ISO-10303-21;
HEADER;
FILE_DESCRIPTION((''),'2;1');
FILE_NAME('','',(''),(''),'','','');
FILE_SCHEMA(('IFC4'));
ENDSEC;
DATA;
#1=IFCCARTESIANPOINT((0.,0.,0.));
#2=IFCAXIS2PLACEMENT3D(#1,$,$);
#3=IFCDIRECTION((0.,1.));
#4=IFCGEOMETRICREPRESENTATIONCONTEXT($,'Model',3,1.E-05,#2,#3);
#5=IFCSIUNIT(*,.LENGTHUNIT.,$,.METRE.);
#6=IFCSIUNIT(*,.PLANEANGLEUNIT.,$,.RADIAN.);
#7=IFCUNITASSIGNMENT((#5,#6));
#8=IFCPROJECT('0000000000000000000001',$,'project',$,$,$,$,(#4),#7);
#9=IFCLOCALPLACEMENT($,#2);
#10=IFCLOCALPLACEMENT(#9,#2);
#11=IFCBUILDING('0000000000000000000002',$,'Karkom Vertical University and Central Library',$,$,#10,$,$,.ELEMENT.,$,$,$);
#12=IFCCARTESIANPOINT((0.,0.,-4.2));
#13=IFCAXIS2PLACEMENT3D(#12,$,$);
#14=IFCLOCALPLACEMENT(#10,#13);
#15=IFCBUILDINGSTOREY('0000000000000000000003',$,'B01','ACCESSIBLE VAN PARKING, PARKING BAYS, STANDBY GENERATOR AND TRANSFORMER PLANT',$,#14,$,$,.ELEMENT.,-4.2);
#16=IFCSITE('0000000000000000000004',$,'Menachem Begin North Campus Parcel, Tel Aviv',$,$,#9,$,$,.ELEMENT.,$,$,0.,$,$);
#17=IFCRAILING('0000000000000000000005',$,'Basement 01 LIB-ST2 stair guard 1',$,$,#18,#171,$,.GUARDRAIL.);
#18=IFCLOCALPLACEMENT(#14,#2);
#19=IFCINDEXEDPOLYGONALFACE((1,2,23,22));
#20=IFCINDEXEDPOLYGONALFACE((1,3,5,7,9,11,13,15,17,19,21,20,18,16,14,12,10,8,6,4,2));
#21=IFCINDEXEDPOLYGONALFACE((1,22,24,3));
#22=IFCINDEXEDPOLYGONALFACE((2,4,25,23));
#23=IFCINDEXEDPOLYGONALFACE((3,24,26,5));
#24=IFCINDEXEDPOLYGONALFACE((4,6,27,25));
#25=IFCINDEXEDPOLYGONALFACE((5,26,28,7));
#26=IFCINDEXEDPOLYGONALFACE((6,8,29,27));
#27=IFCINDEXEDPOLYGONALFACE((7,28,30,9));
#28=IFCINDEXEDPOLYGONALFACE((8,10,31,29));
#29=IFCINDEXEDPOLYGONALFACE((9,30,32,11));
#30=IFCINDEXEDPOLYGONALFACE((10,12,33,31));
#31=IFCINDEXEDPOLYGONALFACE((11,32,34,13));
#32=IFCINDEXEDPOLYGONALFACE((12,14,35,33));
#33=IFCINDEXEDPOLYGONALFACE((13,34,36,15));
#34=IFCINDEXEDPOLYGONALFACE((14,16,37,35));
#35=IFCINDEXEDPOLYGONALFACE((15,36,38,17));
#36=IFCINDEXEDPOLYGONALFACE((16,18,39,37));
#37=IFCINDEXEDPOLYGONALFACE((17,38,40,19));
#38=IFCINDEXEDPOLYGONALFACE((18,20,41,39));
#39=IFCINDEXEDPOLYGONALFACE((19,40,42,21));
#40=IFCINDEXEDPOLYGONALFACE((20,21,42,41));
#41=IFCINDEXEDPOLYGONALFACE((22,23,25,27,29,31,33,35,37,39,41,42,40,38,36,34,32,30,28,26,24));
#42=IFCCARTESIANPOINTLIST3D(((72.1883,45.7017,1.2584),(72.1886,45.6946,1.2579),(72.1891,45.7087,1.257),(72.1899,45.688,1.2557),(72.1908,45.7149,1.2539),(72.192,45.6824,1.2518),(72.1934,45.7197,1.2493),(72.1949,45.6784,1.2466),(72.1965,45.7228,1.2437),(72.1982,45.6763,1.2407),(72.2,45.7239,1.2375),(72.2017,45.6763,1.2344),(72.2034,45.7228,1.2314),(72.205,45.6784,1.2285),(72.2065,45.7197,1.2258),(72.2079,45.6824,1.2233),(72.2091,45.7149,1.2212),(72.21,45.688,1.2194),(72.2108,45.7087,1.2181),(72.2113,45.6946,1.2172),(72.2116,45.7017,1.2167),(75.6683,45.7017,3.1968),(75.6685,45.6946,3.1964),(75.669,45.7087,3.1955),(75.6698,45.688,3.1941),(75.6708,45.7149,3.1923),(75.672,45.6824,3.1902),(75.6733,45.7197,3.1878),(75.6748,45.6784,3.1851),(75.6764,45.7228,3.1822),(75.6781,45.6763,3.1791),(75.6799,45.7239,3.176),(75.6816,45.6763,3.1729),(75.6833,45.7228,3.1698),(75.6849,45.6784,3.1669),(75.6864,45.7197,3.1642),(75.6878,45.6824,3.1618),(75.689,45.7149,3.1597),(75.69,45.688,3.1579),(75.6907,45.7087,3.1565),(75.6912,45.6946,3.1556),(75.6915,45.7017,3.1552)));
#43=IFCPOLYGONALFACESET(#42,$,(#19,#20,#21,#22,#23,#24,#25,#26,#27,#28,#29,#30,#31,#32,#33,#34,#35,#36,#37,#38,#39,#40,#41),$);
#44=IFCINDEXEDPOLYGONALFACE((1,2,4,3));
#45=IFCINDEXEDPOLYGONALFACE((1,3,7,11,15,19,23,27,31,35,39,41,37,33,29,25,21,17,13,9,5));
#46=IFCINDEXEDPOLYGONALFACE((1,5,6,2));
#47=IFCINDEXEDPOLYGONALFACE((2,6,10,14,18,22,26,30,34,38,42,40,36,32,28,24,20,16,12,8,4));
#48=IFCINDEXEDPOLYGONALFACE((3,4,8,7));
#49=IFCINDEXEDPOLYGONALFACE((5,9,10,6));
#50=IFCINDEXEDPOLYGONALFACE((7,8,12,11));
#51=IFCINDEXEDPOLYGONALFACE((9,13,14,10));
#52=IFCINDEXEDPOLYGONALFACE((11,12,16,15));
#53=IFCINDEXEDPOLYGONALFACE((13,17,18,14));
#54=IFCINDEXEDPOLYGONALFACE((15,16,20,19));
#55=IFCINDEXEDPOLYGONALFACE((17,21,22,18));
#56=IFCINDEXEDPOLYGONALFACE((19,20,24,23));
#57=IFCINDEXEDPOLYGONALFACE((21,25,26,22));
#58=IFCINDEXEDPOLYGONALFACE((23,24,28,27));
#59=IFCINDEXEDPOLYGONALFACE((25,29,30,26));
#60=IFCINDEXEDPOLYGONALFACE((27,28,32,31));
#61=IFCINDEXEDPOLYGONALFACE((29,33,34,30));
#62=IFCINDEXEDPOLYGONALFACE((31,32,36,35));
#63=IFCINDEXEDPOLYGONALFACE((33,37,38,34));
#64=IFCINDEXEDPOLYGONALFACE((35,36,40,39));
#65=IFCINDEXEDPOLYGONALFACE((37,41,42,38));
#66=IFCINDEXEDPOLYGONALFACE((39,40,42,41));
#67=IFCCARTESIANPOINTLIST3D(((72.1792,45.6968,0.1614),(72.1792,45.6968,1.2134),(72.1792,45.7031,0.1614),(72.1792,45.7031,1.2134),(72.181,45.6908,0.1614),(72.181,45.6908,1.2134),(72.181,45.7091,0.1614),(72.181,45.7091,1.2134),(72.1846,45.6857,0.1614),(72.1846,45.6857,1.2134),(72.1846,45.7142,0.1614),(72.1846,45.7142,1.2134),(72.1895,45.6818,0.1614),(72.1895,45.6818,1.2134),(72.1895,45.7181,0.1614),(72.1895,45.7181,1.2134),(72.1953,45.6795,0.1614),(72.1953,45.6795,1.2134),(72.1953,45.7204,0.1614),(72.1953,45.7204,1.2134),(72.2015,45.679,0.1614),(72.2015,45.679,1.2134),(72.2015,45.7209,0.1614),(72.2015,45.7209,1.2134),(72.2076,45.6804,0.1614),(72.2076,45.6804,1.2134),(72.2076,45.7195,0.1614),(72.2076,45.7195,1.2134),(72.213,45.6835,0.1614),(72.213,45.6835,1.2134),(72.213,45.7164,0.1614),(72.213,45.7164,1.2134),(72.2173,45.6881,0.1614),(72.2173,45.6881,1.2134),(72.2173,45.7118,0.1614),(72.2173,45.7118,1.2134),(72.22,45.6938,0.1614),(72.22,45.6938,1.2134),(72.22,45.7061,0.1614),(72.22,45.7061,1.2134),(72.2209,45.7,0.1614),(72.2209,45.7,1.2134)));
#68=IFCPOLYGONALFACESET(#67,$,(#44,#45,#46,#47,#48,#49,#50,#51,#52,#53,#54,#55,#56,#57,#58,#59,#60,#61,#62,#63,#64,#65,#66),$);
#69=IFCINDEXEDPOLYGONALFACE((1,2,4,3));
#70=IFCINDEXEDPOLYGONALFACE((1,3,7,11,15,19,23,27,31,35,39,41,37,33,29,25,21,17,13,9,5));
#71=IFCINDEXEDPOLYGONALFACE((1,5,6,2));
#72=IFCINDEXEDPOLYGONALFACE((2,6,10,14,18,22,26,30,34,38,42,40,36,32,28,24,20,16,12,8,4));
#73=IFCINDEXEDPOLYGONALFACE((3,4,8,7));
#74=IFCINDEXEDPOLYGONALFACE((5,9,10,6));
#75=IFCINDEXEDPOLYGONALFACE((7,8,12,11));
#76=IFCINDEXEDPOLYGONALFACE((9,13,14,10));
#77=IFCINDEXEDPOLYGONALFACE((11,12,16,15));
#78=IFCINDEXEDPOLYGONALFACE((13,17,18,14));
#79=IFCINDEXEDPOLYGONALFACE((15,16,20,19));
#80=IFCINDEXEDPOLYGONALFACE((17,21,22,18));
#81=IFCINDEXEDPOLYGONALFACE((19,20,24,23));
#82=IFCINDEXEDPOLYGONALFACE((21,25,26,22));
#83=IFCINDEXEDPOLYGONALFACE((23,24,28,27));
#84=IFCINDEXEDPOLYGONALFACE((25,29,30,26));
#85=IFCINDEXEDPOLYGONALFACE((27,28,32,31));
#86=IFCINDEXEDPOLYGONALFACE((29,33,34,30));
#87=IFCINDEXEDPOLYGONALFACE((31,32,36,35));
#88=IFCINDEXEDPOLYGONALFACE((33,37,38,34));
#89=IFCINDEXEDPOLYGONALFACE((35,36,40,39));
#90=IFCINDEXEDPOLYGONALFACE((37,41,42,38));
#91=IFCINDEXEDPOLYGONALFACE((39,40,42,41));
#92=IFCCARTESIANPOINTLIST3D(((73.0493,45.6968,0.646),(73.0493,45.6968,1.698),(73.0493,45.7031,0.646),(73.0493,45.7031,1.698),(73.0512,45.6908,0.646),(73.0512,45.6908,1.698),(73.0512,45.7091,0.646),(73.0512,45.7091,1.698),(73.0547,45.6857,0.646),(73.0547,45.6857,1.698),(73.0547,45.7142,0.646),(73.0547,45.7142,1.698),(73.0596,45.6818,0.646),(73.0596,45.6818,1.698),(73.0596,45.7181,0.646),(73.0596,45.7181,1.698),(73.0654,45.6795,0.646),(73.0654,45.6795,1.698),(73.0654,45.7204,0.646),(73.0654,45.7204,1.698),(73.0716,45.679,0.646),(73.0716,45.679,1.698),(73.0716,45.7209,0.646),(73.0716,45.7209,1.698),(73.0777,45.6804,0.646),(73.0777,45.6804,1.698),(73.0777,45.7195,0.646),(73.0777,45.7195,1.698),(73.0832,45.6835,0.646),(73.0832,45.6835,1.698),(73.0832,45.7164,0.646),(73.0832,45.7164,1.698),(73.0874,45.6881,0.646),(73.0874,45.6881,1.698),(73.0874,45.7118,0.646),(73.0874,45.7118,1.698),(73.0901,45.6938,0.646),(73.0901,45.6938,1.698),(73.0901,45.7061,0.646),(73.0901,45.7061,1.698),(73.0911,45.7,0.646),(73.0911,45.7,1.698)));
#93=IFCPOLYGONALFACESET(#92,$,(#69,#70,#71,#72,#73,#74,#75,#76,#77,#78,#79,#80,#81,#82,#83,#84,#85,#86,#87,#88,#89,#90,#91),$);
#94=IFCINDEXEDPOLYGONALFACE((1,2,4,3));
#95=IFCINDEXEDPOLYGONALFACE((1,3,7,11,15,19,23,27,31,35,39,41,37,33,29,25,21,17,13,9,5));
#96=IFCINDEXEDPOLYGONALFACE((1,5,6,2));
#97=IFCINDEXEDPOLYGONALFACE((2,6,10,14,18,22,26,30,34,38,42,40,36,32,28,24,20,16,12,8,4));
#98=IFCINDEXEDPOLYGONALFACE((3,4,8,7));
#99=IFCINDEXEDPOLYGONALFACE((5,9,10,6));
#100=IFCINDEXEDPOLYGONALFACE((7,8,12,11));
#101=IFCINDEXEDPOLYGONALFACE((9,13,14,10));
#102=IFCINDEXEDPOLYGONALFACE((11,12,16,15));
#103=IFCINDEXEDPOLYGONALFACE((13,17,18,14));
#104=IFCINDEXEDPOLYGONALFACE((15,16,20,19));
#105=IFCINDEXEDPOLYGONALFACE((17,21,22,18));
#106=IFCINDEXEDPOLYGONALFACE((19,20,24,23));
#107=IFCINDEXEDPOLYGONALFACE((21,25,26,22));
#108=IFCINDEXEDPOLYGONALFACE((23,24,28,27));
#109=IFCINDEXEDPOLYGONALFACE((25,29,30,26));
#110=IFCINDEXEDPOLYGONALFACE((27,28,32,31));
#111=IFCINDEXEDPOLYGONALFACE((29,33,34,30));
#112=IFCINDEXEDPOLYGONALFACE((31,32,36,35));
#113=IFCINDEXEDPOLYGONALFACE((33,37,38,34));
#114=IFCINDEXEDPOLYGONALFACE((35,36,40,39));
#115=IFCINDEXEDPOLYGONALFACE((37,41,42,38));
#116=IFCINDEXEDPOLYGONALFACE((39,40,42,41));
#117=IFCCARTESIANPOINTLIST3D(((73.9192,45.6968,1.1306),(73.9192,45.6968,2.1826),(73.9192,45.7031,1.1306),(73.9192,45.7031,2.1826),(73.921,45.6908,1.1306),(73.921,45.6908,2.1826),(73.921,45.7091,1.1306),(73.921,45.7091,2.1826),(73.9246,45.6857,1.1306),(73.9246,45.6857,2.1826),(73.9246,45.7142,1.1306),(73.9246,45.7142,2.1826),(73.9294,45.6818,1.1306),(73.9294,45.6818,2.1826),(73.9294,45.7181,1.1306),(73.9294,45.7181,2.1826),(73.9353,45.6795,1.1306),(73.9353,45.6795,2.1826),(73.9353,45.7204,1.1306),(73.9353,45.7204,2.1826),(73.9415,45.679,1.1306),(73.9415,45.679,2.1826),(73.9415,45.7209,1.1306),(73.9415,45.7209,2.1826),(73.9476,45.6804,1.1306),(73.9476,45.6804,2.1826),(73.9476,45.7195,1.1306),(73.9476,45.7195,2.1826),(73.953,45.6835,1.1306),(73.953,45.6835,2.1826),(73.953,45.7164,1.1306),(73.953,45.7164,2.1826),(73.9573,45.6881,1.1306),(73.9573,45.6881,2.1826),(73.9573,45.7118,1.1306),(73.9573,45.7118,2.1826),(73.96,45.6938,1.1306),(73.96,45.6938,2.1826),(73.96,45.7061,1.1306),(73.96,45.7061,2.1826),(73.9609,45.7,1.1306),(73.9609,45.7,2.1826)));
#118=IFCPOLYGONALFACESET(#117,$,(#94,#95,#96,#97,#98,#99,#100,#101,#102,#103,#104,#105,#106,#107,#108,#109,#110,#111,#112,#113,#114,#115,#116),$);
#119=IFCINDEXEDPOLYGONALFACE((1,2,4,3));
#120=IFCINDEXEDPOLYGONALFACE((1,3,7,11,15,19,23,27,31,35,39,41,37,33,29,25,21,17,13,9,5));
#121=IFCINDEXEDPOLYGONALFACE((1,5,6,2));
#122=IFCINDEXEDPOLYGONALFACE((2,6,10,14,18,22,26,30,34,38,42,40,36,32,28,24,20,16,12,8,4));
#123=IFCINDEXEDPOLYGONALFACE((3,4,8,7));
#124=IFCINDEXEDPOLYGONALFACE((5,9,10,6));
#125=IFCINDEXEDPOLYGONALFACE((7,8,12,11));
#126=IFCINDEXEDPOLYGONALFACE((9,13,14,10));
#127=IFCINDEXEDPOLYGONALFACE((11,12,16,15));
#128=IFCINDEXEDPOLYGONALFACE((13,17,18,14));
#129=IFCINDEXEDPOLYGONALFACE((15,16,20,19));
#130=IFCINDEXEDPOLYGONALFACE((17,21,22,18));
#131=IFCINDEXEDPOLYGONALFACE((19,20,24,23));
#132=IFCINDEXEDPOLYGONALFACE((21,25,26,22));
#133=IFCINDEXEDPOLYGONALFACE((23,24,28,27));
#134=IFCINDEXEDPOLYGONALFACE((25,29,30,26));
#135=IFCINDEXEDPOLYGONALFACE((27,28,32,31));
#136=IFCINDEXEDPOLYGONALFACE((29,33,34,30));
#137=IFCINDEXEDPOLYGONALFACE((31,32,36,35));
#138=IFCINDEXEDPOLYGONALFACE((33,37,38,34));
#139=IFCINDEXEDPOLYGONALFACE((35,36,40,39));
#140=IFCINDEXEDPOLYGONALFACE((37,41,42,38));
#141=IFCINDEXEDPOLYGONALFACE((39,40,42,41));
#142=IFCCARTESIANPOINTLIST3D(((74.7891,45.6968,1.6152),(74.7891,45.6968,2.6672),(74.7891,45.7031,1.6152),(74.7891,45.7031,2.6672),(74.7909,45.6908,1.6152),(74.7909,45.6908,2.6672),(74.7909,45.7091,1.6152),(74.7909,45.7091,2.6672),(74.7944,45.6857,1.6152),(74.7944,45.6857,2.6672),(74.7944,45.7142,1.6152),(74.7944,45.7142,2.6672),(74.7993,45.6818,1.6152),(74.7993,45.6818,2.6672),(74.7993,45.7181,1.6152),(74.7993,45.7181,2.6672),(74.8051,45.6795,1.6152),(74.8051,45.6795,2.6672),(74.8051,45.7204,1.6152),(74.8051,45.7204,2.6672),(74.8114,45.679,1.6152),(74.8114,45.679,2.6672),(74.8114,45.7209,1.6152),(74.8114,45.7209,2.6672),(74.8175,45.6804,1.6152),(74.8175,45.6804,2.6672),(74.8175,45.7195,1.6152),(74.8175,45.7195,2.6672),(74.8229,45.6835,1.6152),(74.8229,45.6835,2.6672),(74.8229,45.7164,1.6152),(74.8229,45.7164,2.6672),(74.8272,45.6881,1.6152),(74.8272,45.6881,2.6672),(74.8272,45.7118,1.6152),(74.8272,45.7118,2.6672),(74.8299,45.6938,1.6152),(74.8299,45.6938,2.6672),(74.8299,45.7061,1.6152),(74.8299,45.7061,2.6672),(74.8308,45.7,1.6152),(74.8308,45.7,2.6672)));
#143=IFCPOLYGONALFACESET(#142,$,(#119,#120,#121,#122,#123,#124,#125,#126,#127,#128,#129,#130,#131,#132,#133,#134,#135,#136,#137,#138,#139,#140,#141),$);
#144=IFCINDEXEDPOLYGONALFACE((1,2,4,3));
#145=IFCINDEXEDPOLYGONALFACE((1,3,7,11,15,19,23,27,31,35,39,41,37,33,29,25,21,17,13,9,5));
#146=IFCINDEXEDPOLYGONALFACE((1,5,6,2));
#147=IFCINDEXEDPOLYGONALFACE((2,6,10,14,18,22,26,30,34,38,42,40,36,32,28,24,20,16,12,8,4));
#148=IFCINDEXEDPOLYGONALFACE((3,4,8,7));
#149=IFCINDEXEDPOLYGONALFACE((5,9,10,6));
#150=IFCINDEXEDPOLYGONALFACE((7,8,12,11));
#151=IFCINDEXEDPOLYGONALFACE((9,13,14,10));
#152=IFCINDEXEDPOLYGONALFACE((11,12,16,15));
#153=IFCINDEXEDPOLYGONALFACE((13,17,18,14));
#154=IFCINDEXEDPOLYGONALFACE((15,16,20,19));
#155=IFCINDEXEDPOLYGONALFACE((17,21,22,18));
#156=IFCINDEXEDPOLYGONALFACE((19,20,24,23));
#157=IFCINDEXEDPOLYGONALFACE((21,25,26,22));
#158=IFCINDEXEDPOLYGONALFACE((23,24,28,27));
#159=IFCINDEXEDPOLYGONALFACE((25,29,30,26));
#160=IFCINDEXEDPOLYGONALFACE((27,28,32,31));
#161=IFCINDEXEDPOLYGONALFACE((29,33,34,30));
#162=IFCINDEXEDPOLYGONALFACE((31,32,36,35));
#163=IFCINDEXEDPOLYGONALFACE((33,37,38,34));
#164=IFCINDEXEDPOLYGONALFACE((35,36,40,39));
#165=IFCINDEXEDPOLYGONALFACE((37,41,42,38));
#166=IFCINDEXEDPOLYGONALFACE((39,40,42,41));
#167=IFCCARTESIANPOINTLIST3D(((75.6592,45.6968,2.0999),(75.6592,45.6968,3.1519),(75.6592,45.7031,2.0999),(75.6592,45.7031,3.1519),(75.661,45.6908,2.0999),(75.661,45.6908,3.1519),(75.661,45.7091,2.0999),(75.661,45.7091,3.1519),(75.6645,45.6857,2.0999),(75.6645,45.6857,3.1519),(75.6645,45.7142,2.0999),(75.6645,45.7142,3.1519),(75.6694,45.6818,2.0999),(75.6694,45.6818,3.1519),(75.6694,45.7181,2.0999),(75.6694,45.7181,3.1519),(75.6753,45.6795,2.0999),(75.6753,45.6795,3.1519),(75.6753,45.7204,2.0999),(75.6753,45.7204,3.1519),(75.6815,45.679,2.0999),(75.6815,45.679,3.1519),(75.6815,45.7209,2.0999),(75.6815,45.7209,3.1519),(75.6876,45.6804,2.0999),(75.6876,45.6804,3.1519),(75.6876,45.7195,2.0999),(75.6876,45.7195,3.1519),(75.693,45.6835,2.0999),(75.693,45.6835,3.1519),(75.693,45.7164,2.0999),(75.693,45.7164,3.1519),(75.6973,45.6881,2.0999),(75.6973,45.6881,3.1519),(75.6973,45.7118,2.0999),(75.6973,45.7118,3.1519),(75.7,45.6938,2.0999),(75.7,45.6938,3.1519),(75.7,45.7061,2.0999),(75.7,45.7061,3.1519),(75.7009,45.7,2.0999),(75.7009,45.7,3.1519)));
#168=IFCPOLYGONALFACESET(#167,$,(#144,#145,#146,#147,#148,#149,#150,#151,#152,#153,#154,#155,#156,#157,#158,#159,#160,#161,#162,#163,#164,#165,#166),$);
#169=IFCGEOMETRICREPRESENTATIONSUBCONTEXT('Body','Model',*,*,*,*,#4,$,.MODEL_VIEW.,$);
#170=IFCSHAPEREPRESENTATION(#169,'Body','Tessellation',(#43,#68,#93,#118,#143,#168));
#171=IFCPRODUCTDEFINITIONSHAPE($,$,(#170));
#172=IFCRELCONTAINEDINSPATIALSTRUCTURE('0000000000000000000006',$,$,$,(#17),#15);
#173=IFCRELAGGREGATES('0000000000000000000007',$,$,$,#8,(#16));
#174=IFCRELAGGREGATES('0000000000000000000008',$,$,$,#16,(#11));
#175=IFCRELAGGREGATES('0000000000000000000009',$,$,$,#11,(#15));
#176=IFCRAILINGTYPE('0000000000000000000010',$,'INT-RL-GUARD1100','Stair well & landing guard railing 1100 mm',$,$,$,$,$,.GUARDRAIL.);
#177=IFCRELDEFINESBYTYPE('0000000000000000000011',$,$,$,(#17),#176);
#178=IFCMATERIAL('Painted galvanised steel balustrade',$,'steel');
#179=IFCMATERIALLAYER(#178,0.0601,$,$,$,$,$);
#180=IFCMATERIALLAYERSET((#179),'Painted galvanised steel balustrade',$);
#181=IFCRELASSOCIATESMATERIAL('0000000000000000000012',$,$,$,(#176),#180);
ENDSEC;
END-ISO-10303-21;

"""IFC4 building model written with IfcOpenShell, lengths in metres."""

from ifc_helpers import new_model, si_unit, direction, frame, origin, origin_2d, place, context, subcontext, project, spatial, circle, extrude, material, layer, layer_set, type_object, element, save


model = new_model("IFC4")

# Units and contexts
model_context = context("Model", 3, precision=1e-05, world=origin(), true_north=direction((0.0, 1.0)))
body_context = subcontext(model_context, "Body", "Model", "MODEL_VIEW")
ifc_project = project(units=[si_unit("LENGTHUNIT", "METRE"), si_unit("PLANEANGLEUNIT", "RADIAN")], contexts=[model_context])

# Site, building, storey
site_placement = place(None, origin())
site = spatial("IfcSite", under=ifc_project, at=site_placement, Name="Menachem Begin North Campus Parcel, Tel Aviv", CompositionType="ELEMENT", RefElevation=0.0)
building_placement = place(site_placement, origin())
building = spatial("IfcBuilding", under=site, at=building_placement, Name="Karkom Vertical University and Central Library", CompositionType="ELEMENT")
storey_placement = place(building_placement, frame((0.0, 0.0, -4.2)))
storey = spatial("IfcBuildingStorey", under=building, at=storey_placement, Name="B01", Description="ACCESSIBLE VAN PARKING, PARKING BAYS, STANDBY GENERATOR AND TRANSFORMER PLANT", CompositionType="ELEMENT", Elevation=-4.2)

# Railing
ifc_material_1 = material(Name="Painted galvanised steel balustrade", Category="steel")
ifc_layer_1 = layer(ifc_material_1, 0.0601)
ifc_layer_set_1 = layer_set([ifc_layer_1], Name="Painted galvanised steel balustrade")
railing_type_1 = type_object("IfcRailingType", Name="INT-RL-GUARD1100", Description="Stair well & landing guard railing 1100 mm", PredefinedType="GUARDRAIL", material=ifc_layer_set_1)
railing_1_placement = place(storey_placement, frame((72.2, 45.7, 0.1614)))
element("IfcRailing", 1, at=railing_1_placement, inside=storey, type_object=railing_type_1, Name="Basement 01 LIB-ST2 stair guard 1", PredefinedType="GUARDRAIL", context=body_context, shape_type="SweptSolid", body=[
    extrude(circle(Radius=0.0239, at=origin_2d()), frame((0.0, 0.0, 1.0762), z_axis=(0.873607, 0.0, 0.486631), x_axis=(0.0, 1.0, 0.0)), (0.0, 0.0, 1.0), 3.9834),
    extrude(circle(Radius=0.021, at=origin_2d()), origin(), (0.0, 0.0, 1.0), 1.052),
    extrude(circle(Radius=0.021, at=origin_2d()), frame((0.8701, 0.0, 0.4846)), (0.0, 0.0, 1.0), 1.052),
    extrude(circle(Radius=0.021, at=origin_2d()), frame((1.74, 0.0, 0.9692)), (0.0, 0.0, 1.0), 1.052),
    extrude(circle(Radius=0.021, at=origin_2d()), frame((2.6099, 0.0, 1.4539)), (0.0, 0.0, 1.0), 1.052),
    extrude(circle(Radius=0.021, at=origin_2d()), frame((3.48, 0.0, 1.9385)), (0.0, 0.0, 1.0), 1.052),
])

save(model, "model.ifc")
